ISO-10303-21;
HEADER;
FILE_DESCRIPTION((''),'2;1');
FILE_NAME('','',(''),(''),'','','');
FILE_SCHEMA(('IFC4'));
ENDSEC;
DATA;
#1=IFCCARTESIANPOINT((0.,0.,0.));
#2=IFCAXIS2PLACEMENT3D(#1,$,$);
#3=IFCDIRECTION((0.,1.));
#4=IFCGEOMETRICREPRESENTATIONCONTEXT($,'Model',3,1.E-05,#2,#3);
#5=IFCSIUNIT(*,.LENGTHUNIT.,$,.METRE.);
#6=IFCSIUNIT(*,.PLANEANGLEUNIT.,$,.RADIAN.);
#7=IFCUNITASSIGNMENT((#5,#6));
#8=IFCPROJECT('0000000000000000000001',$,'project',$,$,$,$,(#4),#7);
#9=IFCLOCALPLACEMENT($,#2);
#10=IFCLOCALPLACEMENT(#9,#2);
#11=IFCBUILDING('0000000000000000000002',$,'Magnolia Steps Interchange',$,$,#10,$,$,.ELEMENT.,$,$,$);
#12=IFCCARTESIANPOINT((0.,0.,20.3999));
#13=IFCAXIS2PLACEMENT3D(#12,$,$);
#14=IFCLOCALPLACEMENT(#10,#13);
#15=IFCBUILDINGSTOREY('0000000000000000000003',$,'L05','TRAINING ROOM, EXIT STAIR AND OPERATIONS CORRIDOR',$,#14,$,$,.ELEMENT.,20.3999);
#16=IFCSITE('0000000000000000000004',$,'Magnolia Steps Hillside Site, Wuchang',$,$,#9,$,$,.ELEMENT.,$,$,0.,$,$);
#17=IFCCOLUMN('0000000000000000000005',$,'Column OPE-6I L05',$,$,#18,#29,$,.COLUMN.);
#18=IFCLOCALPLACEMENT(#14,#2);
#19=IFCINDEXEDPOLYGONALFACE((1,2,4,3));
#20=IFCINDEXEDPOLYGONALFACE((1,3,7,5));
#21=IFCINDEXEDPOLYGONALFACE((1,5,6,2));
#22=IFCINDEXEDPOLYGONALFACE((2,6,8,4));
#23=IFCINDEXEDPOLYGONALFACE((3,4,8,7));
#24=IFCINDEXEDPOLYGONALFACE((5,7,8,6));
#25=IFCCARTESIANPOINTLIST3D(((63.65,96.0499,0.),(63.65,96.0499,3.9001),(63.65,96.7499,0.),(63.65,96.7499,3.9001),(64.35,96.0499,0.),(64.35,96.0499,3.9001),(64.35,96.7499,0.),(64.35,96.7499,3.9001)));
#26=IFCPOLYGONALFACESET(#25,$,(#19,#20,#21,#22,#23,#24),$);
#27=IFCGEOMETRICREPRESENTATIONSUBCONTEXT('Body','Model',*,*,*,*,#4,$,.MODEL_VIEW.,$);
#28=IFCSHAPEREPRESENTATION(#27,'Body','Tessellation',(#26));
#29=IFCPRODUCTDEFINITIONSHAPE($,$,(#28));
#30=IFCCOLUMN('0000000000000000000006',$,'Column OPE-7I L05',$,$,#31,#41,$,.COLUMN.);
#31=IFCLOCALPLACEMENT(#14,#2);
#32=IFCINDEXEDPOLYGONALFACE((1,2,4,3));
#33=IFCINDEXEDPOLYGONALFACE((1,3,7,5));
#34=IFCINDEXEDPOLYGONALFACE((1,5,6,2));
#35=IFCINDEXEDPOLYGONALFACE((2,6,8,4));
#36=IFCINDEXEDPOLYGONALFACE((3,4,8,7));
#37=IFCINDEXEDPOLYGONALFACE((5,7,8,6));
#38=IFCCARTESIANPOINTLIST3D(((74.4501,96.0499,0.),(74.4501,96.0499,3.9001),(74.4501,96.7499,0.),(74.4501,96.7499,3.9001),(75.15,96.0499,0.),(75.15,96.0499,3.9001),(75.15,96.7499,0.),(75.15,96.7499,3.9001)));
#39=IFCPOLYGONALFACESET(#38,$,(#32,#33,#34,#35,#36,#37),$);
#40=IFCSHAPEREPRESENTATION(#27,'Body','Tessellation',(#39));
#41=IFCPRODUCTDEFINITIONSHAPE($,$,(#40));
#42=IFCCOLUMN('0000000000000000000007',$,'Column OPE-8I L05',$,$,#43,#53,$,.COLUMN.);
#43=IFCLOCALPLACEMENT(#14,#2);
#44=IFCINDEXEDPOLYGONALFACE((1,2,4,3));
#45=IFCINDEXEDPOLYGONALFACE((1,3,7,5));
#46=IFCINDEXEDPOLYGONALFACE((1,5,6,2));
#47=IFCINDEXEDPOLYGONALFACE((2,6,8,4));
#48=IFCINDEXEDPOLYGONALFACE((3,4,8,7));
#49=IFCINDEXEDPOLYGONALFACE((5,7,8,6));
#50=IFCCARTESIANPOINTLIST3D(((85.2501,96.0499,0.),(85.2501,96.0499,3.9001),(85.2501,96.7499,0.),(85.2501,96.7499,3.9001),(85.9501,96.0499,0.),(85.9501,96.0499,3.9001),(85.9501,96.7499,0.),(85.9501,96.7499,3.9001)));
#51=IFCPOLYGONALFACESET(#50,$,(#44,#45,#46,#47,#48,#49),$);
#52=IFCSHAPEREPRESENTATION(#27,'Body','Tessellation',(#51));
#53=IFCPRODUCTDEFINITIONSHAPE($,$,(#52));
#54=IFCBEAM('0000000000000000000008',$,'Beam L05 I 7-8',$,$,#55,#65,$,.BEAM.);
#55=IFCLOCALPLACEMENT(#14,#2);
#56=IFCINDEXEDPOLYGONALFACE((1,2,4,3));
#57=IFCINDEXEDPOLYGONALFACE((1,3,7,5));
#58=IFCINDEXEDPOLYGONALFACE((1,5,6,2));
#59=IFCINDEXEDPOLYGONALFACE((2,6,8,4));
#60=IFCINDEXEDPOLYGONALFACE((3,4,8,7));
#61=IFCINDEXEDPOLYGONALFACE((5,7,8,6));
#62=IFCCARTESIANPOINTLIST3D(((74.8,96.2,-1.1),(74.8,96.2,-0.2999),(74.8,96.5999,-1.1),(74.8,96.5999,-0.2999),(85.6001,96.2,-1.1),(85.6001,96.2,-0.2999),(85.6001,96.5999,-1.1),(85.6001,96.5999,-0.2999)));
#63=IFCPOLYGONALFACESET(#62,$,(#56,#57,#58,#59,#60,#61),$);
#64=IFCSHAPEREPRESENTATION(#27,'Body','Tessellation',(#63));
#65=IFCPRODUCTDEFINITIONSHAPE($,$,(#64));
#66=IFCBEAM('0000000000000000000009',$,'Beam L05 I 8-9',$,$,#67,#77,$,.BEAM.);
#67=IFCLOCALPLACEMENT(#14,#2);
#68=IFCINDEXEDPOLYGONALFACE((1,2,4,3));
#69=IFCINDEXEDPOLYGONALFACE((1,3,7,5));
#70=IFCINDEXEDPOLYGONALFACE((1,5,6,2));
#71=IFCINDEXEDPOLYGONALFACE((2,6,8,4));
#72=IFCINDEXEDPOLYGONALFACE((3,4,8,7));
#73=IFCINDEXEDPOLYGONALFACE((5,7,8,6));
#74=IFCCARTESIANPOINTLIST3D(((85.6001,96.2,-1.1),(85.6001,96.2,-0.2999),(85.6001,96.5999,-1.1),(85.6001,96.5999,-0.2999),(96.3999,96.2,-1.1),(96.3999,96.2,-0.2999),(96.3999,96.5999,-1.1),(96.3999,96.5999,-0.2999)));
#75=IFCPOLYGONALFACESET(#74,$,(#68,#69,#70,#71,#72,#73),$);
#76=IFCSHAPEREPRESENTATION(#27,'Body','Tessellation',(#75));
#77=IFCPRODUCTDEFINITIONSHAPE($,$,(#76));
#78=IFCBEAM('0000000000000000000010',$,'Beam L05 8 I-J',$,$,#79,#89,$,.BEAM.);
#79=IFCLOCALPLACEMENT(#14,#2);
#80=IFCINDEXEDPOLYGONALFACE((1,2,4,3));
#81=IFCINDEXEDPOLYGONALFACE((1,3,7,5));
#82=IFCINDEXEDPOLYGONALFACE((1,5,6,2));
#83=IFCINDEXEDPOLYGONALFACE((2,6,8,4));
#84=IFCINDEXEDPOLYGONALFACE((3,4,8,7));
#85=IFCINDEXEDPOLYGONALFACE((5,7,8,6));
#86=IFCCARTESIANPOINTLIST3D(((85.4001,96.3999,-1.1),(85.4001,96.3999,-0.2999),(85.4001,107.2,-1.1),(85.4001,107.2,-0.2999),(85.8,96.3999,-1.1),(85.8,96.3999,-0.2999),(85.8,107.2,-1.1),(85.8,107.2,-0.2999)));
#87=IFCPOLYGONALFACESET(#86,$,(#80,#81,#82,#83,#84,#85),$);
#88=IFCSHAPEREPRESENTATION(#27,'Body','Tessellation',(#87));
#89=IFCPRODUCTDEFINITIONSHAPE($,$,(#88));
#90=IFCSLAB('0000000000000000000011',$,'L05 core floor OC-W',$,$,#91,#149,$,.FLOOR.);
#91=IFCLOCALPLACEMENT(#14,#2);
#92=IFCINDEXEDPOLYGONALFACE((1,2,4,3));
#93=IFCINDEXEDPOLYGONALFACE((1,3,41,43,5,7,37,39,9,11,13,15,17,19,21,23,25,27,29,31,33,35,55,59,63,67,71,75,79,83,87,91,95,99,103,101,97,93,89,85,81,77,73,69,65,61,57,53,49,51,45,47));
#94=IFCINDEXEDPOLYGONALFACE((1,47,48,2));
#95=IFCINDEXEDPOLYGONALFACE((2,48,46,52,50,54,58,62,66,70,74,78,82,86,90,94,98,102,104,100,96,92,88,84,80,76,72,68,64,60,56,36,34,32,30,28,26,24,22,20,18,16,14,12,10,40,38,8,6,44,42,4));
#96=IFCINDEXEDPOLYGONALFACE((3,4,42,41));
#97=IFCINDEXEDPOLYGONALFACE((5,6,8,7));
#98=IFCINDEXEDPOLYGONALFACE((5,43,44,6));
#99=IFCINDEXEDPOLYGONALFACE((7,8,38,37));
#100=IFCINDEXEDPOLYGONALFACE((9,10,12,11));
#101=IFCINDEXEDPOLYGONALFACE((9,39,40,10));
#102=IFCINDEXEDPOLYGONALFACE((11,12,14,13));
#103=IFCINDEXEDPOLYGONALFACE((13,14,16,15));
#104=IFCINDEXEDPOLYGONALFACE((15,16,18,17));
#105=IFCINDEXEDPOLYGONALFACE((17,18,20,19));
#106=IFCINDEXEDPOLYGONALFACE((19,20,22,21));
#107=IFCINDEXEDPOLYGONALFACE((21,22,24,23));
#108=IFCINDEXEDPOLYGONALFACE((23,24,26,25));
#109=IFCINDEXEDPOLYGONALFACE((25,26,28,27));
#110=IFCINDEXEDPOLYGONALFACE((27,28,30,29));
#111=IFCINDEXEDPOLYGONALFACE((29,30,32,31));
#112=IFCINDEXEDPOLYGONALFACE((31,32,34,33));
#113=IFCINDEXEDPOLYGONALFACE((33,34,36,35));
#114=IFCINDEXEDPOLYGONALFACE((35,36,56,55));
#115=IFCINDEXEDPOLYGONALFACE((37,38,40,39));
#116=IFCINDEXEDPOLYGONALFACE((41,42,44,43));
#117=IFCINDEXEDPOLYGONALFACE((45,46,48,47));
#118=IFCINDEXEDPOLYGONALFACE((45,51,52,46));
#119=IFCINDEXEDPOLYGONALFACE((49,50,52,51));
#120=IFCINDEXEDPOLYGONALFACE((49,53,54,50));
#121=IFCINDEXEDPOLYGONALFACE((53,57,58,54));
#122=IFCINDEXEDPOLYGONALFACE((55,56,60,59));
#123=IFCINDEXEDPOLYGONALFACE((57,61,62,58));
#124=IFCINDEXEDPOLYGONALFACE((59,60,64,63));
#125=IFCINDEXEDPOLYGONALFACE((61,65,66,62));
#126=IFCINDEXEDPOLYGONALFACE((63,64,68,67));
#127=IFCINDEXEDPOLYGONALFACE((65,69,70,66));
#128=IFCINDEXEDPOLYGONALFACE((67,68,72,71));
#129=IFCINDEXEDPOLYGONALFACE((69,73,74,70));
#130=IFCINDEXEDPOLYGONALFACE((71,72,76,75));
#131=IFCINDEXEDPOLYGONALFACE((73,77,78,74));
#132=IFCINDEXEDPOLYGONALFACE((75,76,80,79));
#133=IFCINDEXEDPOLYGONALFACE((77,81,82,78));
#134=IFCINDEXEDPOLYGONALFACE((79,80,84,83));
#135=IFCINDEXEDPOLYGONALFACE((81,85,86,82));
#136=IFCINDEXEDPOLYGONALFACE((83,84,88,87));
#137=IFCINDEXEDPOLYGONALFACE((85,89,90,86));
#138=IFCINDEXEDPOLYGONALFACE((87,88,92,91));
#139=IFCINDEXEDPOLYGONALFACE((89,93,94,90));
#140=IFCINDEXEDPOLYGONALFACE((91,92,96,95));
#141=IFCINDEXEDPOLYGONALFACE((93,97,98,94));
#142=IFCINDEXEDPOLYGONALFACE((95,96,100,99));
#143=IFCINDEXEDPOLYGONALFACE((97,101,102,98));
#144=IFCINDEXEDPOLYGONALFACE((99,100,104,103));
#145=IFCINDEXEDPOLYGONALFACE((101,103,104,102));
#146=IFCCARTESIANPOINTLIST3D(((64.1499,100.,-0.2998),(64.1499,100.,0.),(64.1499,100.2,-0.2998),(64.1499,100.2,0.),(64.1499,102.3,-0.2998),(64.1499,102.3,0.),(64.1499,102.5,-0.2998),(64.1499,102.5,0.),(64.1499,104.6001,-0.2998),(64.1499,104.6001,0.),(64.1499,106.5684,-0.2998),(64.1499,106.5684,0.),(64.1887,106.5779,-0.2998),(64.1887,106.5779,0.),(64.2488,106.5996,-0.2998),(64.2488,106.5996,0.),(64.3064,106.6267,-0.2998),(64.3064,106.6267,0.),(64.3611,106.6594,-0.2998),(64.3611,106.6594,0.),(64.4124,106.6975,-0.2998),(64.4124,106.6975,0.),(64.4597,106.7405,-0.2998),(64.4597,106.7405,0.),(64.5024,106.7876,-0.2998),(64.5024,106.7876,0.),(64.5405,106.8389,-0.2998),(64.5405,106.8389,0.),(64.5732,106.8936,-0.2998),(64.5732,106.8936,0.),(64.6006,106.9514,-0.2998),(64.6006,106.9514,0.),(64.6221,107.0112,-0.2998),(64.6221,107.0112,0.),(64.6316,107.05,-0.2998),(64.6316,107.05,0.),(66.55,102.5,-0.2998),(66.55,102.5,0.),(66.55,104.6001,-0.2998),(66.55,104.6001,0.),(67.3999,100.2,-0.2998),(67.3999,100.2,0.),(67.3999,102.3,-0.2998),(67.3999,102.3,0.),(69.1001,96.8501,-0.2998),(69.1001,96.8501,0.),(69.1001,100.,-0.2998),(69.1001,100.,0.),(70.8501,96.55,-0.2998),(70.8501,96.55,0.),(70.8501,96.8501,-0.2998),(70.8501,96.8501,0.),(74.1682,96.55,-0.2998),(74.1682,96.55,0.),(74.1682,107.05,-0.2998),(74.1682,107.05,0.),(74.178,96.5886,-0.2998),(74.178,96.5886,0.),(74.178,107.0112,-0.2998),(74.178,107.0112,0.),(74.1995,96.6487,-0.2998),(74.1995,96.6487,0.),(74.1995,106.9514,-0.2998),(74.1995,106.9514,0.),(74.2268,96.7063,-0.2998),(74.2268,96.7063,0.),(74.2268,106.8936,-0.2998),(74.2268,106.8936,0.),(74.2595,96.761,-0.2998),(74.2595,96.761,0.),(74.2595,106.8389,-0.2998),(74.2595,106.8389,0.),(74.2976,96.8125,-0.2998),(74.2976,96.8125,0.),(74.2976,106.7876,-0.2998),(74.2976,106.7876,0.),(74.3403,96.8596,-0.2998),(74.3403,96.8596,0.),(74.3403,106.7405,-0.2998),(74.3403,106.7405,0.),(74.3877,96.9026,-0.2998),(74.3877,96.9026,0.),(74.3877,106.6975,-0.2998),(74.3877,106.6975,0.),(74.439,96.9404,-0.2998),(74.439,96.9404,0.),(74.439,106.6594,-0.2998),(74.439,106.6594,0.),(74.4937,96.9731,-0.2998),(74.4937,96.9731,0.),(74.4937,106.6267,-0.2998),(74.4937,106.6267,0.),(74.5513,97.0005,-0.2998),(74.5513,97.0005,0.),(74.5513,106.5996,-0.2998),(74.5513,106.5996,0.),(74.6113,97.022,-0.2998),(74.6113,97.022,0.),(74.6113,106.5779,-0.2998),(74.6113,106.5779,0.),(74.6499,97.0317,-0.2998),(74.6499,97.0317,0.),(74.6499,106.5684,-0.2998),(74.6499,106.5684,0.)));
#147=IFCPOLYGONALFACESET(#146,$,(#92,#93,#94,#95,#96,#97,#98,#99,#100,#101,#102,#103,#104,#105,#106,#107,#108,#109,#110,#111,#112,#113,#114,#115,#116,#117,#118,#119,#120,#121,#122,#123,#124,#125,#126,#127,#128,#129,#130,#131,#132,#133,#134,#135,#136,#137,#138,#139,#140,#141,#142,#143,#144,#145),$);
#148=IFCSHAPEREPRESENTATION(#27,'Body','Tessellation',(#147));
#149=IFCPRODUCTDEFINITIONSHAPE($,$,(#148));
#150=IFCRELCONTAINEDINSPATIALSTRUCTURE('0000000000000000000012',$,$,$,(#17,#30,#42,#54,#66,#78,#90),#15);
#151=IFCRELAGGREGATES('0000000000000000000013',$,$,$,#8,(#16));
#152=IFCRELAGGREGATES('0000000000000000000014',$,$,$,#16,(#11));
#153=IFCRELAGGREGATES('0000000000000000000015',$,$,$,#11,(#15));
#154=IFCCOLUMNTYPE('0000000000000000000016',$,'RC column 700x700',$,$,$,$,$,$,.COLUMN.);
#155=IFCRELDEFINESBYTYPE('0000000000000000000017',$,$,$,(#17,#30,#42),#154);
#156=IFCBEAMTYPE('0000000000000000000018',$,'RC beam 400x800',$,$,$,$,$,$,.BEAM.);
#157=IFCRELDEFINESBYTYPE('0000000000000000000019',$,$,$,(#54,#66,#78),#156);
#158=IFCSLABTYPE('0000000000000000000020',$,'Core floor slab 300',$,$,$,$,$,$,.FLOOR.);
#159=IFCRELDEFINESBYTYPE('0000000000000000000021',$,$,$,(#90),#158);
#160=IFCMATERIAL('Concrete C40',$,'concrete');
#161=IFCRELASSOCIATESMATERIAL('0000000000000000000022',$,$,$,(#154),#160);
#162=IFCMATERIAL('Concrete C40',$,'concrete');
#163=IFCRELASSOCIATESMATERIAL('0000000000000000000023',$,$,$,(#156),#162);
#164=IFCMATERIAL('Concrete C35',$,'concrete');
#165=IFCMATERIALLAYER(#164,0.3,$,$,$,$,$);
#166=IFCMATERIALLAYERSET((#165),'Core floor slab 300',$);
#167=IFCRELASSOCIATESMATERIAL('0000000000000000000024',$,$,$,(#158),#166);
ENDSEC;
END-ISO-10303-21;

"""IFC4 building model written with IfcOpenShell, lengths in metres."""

from ifc_helpers import new_model, si_unit, direction, frame, origin, origin_2d, place, context, subcontext, project, spatial, polyline, rectangle, outline, extrude, material, layer, layer_set, material_profile, profile_set, type_object, element, save


model = new_model("IFC4")

# Units and contexts
model_context = context("Model", 3, precision=1e-05, world=origin(), true_north=direction((0.0, 1.0)))
body_context = subcontext(model_context, "Body", "Model", "MODEL_VIEW")
ifc_project = project(units=[si_unit("LENGTHUNIT", "METRE"), si_unit("PLANEANGLEUNIT", "RADIAN")], contexts=[model_context])

# Site, building, storey
site_placement = place(None, origin())
site = spatial("IfcSite", under=ifc_project, at=site_placement, Name="Magnolia Steps Hillside Site, Wuchang", CompositionType="ELEMENT", RefElevation=0.0)
building_placement = place(site_placement, origin())
building = spatial("IfcBuilding", under=site, at=building_placement, Name="Magnolia Steps Interchange", CompositionType="ELEMENT")
storey_placement = place(building_placement, frame((0.0, 0.0, 20.3999)))
storey = spatial("IfcBuildingStorey", under=building, at=storey_placement, Name="L05", Description="TRAINING ROOM, EXIT STAIR AND OPERATIONS CORRIDOR", CompositionType="ELEMENT", Elevation=20.3999)

# Columns
ifc_material_1 = material(Name="Concrete C40", Category="concrete")
ifc_material_profile_1 = material_profile(ifc_material_1, rectangle(XDim=0.7, YDim=0.7, at=origin_2d()), Name="RC700x700")
ifc_profile_set_1 = profile_set([ifc_material_profile_1], Name="Concrete C40")
column_type = type_object("IfcColumnType", Name="RC column 700x700", PredefinedType="COLUMN", material=ifc_profile_set_1)
for number, where, z_axis, x_axis, name in (
    (1, (64.0, 96.3999, 0.0), (0.0, 0.0, 1.0), (1.0, 0.0, 0.0), "Column OPE-6I L05"),
    (2, (74.8, 96.3999, 0.0), (0.0, 0.0, 1.0), (1.0, 0.0, 0.0), "Column OPE-7I L05"),
    (3, (85.6001, 96.3999, 0.0), (0.0, 0.0, 1.0), (1.0, 0.0, 0.0), "Column OPE-8I L05"),
):
    element("IfcColumn", number, at=place(storey_placement, frame(where, z_axis=z_axis, x_axis=x_axis)), inside=storey, type_object=column_type, Name=name, PredefinedType="COLUMN", context=body_context, shape_type="SweptSolid", body=[
        extrude(rectangle(XDim=0.7, YDim=0.7, at=origin_2d()), origin(), (0.0, 0.0, 1.0), 3.9001),
    ])

# Beams
ifc_material_2 = material(Name="Concrete C40", Category="concrete")
ifc_material_profile_2 = material_profile(ifc_material_2, rectangle(XDim=0.3999, YDim=0.8, at=origin_2d()), Name="RC400x800")
ifc_profile_set_2 = profile_set([ifc_material_profile_2], Name="Concrete C40")
beam_type = type_object("IfcBeamType", Name="RC beam 400x800", PredefinedType="BEAM", material=ifc_profile_set_2)
beam_1_placement = place(storey_placement, frame((74.8, 96.3999, -0.7), z_axis=(1.0, 0.0, 0.0), x_axis=(0.0, 1.0, 0.0)))
element("IfcBeam", 4, at=beam_1_placement, inside=storey, type_object=beam_type, Name="Beam L05 I 7-8", PredefinedType="BEAM", context=body_context, shape_type="SweptSolid", body=[
    extrude(rectangle(XDim=0.3999, YDim=0.8, at=origin_2d()), origin(), (0.0, 0.0, 1.0), 10.8),
])
beam_2_placement = place(storey_placement, frame((85.6001, 96.3999, -0.7), z_axis=(1.0, 0.0, 0.0), x_axis=(0.0, 1.0, 0.0)))
element("IfcBeam", 5, at=beam_2_placement, inside=storey, type_object=beam_type, Name="Beam L05 I 8-9", PredefinedType="BEAM", context=body_context, shape_type="SweptSolid", body=[
    extrude(rectangle(XDim=0.3999, YDim=0.8, at=origin_2d()), origin(), (0.0, 0.0, 1.0), 10.7998),
])
beam_3_placement = place(storey_placement, frame((85.6001, 96.3999, -0.7), z_axis=(0.0, 1.0, 0.0), x_axis=(-1.0, 0.0, 0.0)))
element("IfcBeam", 6, at=beam_3_placement, inside=storey, type_object=beam_type, Name="Beam L05 8 I-J", PredefinedType="BEAM", context=body_context, shape_type="SweptSolid", body=[
    extrude(rectangle(XDim=0.3999, YDim=0.8, at=origin_2d()), origin(), (0.0, 0.0, 1.0), 10.8),
])

# Slab
ifc_material_3 = material(Name="Concrete C35", Category="concrete")
ifc_layer_1 = layer(ifc_material_3, 0.3)
ifc_layer_set_1 = layer_set([ifc_layer_1], Name="Core floor slab 300")
slab_type_1 = type_object("IfcSlabType", Name="Core floor slab 300", PredefinedType="FLOOR", material=ifc_layer_set_1)
slab_1_placement = place(storey_placement, frame((0.0, 0.0, -0.2998)))
element("IfcSlab", 7, at=slab_1_placement, inside=storey, type_object=slab_type_1, Name="L05 core floor OC-W", PredefinedType="FLOOR", context=body_context, shape_type="SweptSolid", body=[
    extrude(outline(polyline([(70.8501, 96.8501), (69.1001, 96.8501), (69.1001, 100.0), (64.1499, 100.0), (64.1499, 100.2), (67.3999, 100.2), (67.3999, 102.3), (64.1499, 102.3), (64.1499, 102.5), (66.55, 102.5), (66.55, 104.6001), (64.1499, 104.6001), (64.1499, 106.5684), (64.1887, 106.5779), (64.2488, 106.5996), (64.3064, 106.6267), (64.3611, 106.6594), (64.4124, 106.6975), (64.4597, 106.7405), (64.5024, 106.7876), (64.5405, 106.8389), (64.5732, 106.8936), (64.6006, 106.9514), (64.6221, 107.0112), (64.6316, 107.05), (74.1682, 107.05), (74.178, 107.0112), (74.1995, 106.9514), (74.2268, 106.8936), (74.2595, 106.8389), (74.2976, 106.7876), (74.3403, 106.7405), (74.3877, 106.6975), (74.439, 106.6594), (74.4937, 106.6267), (74.5513, 106.5996), (74.6113, 106.5779), (74.6499, 106.5684), (74.6499, 97.0317), (74.6113, 97.022), (74.5513, 97.0005), (74.4937, 96.9731), (74.439, 96.9404), (74.3877, 96.9026), (74.3403, 96.8596), (74.2976, 96.8125), (74.2595, 96.761), (74.2268, 96.7063), (74.1995, 96.6487), (74.178, 96.5886), (74.1682, 96.55), (70.8501, 96.55), (70.8501, 96.8501)])), origin(), (0.0, 0.0, 1.0), 0.2998),
])

save(model, "model.ifc")
